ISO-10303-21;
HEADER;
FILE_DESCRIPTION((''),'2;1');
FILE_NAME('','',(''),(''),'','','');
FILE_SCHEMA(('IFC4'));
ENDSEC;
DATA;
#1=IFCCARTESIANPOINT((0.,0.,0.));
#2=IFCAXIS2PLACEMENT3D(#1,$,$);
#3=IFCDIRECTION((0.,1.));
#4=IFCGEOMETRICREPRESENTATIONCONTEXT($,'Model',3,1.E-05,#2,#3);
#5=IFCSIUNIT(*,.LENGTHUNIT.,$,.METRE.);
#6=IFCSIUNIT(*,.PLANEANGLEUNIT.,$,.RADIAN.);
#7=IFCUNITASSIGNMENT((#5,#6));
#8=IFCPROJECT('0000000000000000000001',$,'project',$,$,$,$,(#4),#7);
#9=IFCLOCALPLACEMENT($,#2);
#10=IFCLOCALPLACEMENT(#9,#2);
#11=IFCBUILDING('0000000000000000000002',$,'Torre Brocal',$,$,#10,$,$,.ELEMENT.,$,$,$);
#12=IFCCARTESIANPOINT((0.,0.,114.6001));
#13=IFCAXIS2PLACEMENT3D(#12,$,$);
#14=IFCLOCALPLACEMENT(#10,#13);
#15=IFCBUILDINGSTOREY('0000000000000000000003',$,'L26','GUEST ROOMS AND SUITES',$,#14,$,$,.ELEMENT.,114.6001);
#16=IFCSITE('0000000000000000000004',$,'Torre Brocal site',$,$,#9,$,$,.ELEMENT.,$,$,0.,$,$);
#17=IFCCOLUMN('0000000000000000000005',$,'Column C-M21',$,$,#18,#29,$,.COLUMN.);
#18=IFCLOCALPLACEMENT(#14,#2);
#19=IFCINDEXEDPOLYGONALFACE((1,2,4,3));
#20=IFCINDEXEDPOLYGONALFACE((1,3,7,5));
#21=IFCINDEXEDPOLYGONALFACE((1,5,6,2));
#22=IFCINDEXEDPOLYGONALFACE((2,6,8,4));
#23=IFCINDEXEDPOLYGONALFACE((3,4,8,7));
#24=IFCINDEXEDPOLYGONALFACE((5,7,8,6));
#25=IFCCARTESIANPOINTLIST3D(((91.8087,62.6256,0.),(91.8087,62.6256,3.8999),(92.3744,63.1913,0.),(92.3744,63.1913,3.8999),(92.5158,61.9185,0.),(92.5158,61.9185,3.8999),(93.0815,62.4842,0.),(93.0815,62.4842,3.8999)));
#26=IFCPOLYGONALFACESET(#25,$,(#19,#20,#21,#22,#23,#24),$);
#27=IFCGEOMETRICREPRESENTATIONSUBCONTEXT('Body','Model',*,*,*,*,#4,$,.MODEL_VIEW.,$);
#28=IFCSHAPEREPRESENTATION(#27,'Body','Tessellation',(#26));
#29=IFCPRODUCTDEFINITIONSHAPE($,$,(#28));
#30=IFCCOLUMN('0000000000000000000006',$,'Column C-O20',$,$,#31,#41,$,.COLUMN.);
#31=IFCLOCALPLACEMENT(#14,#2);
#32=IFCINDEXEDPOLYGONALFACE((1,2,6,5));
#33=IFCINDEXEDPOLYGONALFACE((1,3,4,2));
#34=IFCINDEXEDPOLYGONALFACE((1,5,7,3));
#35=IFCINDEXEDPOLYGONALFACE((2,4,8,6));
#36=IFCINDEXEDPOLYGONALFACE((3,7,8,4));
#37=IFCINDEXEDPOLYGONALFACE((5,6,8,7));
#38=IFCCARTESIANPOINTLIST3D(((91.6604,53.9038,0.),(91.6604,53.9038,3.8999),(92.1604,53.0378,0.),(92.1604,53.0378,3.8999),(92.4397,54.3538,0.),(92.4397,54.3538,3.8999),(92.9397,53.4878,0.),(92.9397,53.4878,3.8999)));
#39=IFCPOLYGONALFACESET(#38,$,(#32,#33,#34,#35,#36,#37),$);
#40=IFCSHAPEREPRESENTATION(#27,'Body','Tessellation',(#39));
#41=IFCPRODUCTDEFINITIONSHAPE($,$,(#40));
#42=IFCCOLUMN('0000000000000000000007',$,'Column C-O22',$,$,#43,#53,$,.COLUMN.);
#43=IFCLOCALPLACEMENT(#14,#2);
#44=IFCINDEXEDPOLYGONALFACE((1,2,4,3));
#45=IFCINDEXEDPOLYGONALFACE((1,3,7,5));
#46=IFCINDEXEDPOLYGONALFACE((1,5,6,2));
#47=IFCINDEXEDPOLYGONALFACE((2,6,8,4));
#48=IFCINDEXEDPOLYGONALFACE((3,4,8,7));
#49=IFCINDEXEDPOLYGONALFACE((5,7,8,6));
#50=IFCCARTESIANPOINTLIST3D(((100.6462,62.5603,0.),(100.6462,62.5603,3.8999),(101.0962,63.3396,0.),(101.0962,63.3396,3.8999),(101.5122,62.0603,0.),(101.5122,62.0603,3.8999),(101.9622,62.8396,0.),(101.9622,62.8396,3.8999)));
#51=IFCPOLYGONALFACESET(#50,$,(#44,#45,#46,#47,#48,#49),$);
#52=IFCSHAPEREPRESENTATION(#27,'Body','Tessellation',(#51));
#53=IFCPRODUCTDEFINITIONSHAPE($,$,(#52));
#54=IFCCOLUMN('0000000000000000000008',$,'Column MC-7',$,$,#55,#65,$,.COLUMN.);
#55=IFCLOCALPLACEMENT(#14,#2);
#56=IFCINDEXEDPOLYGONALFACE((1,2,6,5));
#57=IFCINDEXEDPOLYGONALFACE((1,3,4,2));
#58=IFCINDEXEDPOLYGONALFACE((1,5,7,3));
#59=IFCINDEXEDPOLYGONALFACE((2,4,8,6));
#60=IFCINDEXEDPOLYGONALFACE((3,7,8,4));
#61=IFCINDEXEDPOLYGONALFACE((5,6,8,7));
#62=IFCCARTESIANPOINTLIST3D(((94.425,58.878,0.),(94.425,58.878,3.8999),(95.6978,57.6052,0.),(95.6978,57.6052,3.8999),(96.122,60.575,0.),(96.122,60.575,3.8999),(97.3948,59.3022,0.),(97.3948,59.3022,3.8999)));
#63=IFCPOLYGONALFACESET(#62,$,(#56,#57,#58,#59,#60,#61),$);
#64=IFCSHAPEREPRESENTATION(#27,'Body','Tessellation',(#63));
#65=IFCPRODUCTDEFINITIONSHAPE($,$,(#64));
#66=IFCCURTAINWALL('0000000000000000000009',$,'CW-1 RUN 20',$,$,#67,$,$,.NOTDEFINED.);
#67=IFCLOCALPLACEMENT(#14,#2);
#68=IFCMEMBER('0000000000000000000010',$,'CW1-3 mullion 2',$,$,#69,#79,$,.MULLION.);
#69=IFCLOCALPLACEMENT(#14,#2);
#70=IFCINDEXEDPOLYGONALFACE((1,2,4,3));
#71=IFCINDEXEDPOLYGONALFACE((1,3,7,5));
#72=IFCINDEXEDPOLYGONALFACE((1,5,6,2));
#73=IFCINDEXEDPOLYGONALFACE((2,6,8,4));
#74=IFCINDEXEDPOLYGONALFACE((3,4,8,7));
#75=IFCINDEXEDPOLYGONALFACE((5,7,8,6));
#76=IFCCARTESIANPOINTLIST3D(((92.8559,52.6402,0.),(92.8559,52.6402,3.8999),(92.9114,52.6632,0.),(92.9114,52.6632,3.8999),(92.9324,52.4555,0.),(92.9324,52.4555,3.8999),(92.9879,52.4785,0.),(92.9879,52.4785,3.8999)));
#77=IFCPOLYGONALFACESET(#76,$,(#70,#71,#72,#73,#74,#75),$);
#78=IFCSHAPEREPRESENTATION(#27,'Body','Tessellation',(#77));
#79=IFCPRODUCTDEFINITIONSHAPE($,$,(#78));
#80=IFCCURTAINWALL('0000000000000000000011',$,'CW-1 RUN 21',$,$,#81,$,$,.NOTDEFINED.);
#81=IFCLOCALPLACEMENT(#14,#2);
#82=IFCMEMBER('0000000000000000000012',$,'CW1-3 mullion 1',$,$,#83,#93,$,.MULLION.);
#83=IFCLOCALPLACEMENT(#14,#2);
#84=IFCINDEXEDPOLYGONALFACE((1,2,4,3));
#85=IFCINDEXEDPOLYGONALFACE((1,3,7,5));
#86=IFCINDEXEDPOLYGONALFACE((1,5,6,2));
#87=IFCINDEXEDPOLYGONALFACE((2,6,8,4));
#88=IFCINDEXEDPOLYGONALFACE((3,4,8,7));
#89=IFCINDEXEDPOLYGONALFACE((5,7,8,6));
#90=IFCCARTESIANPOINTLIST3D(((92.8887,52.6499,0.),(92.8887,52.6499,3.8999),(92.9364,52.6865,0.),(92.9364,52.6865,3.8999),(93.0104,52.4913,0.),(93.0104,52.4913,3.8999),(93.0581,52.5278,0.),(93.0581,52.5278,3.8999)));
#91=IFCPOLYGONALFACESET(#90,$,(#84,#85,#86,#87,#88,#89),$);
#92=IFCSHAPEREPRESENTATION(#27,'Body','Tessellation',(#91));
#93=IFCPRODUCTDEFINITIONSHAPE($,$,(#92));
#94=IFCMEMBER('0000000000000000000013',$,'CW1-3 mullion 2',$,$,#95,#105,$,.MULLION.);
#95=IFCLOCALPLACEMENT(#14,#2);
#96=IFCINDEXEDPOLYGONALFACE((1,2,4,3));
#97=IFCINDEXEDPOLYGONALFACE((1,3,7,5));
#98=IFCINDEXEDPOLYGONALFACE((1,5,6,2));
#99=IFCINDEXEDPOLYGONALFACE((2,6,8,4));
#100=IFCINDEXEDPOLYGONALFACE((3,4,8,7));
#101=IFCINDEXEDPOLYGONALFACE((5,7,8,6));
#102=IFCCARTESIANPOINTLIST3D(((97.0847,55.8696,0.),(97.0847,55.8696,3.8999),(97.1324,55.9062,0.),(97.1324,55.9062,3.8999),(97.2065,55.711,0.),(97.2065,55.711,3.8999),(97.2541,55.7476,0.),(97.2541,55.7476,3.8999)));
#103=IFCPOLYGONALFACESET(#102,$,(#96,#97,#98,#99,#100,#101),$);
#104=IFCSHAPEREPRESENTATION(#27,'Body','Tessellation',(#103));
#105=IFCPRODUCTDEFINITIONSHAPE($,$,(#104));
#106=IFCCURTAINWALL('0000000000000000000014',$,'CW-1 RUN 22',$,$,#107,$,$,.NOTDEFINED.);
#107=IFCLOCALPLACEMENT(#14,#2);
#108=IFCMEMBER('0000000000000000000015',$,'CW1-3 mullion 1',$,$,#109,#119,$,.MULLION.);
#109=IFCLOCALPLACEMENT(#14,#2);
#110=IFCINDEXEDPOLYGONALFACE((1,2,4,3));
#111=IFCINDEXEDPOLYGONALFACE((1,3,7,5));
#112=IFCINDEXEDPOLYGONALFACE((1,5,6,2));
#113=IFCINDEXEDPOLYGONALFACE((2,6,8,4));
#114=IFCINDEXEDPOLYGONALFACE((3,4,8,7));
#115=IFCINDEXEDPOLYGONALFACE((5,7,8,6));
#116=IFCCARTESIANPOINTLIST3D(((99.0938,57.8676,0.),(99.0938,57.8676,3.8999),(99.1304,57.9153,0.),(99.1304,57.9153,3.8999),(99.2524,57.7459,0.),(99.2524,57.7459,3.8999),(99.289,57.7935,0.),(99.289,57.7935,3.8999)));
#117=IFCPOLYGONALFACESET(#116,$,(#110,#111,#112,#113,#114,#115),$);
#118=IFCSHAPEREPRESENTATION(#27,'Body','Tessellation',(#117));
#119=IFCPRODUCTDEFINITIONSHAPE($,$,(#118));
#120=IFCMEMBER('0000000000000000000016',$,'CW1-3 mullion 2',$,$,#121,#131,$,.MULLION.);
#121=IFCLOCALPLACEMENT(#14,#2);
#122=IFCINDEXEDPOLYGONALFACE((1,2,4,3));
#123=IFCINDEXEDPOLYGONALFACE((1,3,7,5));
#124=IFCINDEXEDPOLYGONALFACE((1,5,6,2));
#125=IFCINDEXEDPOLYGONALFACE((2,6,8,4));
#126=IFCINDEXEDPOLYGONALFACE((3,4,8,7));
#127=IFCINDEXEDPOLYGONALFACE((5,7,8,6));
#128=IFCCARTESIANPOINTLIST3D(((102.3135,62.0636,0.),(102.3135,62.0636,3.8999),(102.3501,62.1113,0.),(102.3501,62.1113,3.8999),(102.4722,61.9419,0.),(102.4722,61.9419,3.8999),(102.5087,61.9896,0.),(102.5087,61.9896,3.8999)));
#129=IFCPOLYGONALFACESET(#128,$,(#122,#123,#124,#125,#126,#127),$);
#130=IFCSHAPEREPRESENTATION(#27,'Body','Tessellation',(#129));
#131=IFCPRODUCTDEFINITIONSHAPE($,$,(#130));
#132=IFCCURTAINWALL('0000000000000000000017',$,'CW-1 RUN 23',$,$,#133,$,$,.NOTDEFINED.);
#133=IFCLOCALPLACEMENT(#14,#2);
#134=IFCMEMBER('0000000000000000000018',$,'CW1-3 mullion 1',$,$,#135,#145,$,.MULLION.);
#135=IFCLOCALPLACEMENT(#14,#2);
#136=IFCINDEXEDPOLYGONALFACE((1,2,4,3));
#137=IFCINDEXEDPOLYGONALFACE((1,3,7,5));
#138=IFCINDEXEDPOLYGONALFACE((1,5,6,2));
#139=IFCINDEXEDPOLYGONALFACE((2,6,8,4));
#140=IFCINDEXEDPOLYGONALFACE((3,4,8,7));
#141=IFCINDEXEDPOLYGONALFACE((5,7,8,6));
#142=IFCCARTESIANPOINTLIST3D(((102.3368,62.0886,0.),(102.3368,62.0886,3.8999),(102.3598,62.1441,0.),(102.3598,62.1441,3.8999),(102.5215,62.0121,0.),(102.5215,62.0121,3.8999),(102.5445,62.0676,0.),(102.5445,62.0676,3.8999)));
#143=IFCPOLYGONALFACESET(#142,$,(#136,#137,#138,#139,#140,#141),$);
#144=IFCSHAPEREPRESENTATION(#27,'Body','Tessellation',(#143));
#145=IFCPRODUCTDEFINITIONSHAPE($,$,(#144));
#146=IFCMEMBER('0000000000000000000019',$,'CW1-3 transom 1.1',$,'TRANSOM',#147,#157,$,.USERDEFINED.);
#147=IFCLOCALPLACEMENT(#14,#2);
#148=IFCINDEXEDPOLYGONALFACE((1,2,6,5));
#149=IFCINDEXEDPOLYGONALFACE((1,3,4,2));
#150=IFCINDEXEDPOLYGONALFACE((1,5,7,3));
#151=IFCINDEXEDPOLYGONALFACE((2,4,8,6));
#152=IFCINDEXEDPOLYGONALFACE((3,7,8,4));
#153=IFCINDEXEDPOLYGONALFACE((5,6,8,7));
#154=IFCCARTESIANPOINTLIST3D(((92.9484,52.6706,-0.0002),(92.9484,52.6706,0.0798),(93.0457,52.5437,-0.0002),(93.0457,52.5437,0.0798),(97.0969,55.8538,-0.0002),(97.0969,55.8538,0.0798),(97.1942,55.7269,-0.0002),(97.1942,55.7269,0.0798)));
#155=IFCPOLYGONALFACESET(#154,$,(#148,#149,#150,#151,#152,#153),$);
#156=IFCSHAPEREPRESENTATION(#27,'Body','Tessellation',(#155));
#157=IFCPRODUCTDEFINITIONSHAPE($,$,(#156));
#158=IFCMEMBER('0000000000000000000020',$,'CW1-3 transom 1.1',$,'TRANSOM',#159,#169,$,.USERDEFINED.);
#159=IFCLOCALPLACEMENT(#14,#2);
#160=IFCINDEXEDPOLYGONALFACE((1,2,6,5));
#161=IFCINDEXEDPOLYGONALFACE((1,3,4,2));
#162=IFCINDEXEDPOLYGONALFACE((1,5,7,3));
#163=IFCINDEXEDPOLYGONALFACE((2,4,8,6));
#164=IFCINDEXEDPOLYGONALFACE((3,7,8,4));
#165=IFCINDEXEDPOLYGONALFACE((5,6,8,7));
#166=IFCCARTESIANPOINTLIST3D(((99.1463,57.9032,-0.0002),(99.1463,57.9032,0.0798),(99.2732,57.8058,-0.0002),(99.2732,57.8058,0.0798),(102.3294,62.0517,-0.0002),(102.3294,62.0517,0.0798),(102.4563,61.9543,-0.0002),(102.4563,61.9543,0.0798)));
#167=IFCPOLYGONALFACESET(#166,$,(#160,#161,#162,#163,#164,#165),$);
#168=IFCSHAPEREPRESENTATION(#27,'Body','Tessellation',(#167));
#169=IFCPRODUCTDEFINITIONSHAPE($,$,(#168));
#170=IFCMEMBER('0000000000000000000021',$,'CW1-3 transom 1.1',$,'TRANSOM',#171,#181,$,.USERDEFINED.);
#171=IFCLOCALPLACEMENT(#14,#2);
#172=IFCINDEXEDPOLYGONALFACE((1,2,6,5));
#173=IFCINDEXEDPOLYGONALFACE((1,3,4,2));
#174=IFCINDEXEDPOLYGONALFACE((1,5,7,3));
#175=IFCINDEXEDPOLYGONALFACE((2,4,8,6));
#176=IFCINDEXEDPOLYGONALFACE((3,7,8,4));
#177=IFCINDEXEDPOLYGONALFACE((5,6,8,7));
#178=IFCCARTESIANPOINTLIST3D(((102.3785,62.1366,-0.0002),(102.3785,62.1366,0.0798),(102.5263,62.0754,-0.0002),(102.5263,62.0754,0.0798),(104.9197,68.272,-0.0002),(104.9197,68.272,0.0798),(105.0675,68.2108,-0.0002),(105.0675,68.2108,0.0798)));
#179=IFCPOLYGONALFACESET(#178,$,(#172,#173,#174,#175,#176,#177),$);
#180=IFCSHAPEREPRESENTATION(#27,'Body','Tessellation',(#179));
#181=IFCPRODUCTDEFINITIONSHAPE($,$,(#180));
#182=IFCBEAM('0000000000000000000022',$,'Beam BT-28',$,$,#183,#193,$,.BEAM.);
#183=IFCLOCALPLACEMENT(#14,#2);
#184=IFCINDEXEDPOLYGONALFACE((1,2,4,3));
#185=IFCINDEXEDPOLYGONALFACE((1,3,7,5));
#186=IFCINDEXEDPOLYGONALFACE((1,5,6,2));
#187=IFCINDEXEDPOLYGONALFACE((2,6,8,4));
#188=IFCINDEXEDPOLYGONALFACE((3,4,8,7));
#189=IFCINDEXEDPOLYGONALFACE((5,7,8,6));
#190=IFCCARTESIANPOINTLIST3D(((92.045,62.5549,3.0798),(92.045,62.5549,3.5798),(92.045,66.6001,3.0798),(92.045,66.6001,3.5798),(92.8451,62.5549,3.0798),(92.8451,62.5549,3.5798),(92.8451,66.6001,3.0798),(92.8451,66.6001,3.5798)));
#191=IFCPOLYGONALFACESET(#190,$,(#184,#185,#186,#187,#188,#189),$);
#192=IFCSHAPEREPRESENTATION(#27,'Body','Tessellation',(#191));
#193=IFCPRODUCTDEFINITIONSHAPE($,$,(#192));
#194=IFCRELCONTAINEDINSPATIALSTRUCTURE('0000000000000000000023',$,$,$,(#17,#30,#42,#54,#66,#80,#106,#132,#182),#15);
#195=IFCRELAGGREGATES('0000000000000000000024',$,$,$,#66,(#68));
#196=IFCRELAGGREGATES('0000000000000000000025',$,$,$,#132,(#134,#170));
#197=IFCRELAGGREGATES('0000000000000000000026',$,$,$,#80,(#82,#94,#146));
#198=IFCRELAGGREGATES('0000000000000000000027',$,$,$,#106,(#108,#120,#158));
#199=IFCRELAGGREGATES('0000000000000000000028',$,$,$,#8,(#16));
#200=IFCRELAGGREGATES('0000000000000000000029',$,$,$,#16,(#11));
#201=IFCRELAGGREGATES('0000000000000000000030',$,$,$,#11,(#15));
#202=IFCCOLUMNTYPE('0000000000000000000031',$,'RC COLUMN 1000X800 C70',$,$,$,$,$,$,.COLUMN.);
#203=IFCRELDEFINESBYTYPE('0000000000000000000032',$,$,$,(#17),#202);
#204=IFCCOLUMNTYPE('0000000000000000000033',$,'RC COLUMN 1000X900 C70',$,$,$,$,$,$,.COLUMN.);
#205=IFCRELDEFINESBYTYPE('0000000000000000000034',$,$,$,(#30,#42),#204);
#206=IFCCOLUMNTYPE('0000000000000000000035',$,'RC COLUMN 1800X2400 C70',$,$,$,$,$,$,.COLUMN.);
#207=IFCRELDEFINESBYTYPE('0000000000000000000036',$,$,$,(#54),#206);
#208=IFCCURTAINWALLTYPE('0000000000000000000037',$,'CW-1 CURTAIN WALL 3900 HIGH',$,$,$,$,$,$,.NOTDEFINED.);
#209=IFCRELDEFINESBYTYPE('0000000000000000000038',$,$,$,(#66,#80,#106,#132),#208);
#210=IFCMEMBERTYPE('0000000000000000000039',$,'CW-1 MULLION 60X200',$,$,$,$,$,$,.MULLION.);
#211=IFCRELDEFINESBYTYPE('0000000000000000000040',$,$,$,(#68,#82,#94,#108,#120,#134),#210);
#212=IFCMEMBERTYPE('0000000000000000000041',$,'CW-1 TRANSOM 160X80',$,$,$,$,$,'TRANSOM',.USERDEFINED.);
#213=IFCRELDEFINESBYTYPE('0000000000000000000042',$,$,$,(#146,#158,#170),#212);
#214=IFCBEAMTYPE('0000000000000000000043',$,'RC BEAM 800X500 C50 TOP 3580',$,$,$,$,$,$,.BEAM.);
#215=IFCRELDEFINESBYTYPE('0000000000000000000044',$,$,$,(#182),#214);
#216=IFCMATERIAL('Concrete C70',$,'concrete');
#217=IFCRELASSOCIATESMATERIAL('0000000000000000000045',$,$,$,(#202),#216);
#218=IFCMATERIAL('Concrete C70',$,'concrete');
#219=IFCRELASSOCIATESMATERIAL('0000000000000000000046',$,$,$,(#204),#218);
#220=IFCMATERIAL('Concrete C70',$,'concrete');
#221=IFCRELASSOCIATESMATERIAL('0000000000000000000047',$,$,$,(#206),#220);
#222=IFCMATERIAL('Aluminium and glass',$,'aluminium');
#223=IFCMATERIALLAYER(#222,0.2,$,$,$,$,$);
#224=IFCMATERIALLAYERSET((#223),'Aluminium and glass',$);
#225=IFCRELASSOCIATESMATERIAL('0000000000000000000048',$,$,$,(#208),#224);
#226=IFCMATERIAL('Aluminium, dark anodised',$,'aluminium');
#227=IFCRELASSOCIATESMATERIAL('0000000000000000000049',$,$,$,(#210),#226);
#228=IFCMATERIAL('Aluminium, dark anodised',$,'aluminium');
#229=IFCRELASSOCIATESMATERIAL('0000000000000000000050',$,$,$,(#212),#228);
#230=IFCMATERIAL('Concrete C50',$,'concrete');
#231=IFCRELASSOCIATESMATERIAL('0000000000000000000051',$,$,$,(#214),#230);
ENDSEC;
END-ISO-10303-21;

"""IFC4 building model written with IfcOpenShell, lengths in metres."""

from ifc_helpers import new_model, si_unit, direction, frame, origin, origin_2d, place, context, subcontext, project, spatial, rectangle, extrude, material, layer, layer_set, material_profile, profile_set, type_object, element, aggregate, save


model = new_model("IFC4")

# Units and contexts
model_context = context("Model", 3, precision=1e-05, world=origin(), true_north=direction((0.0, 1.0)))
body_context = subcontext(model_context, "Body", "Model", "MODEL_VIEW")
ifc_project = project(units=[si_unit("LENGTHUNIT", "METRE"), si_unit("PLANEANGLEUNIT", "RADIAN")], contexts=[model_context])

# Site, building, storey
site_placement = place(None, origin())
site = spatial("IfcSite", under=ifc_project, at=site_placement, Name="Torre Brocal site", CompositionType="ELEMENT", RefElevation=0.0)
building_placement = place(site_placement, origin())
building = spatial("IfcBuilding", under=site, at=building_placement, Name="Torre Brocal", CompositionType="ELEMENT")
storey_placement = place(building_placement, frame((0.0, 0.0, 114.6001)))
storey = spatial("IfcBuildingStorey", under=building, at=storey_placement, Name="L26", Description="GUEST ROOMS AND SUITES", CompositionType="ELEMENT", Elevation=114.6001)

# Columns
ifc_material_1 = material(Name="Concrete C70", Category="concrete")
ifc_material_profile_1 = material_profile(ifc_material_1, rectangle(XDim=1.0, YDim=0.8, at=origin_2d()), Name="RC 1000X800")
ifc_profile_set_1 = profile_set([ifc_material_profile_1], Name="Concrete C70")
column_type_1 = type_object("IfcColumnType", Name="RC COLUMN 1000X800 C70", PredefinedType="COLUMN", material=ifc_profile_set_1)
column_1_placement = place(storey_placement, frame((92.4451, 62.5549, 0.0), z_axis=(0.0, 0.0, 1.0), x_axis=(0.707107, -0.707107, 0.0)))
element("IfcColumn", 1, at=column_1_placement, inside=storey, type_object=column_type_1, Name="Column C-M21", PredefinedType="COLUMN", context=body_context, shape_type="SweptSolid", body=[
    extrude(rectangle(XDim=1.0, YDim=0.8, at=origin_2d()), origin(), (0.0, 0.0, 1.0), 3.8999),
])
ifc_material_2 = material(Name="Concrete C70", Category="concrete")
ifc_material_profile_2 = material_profile(ifc_material_2, rectangle(XDim=1.0, YDim=0.8999, at=origin_2d()), Name="RC 1000X900")
ifc_profile_set_2 = profile_set([ifc_material_profile_2], Name="Concrete C70")
column_type_2 = type_object("IfcColumnType", Name="RC COLUMN 1000X900 C70", PredefinedType="COLUMN", material=ifc_profile_set_2)
for number, where, z_axis, x_axis, name in (
    (2, (92.3, 53.6958, 0.0), (0.0, 0.0, 1.0), (0.5, -0.866025, 0.0), "Column C-O20"),
    (3, (101.3042, 62.7, 0.0), (0.0, 0.0, 1.0), (0.866025, -0.5, 0.0), "Column C-O22"),
):
    element("IfcColumn", number, at=place(storey_placement, frame(where, z_axis=z_axis, x_axis=x_axis)), inside=storey, type_object=column_type_2, Name=name, PredefinedType="COLUMN", context=body_context, shape_type="SweptSolid", body=[
        extrude(rectangle(XDim=1.0, YDim=0.8999, at=origin_2d()), origin(), (0.0, 0.0, 1.0), 3.8999),
    ])
ifc_material_3 = material(Name="Concrete C70", Category="concrete")
ifc_material_profile_3 = material_profile(ifc_material_3, rectangle(XDim=1.8, YDim=2.3999, at=origin_2d()), Name="RC 1800X2400")
ifc_profile_set_3 = profile_set([ifc_material_profile_3], Name="Concrete C70")
column_type_3 = type_object("IfcColumnType", Name="RC COLUMN 1800X2400 C70", PredefinedType="COLUMN", material=ifc_profile_set_3)
column_2_placement = place(storey_placement, frame((95.9099, 59.0901, 0.0), z_axis=(0.0, 0.0, 1.0), x_axis=(0.707107, -0.707107, 0.0)))
element("IfcColumn", 4, at=column_2_placement, inside=storey, type_object=column_type_3, Name="Column MC-7", PredefinedType="COLUMN", context=body_context, shape_type="SweptSolid", body=[
    extrude(rectangle(XDim=1.8, YDim=2.3999, at=origin_2d()), origin(), (0.0, 0.0, 1.0), 3.8999),
])

# Curtain wall, member
ifc_material_4 = material(Name="Aluminium and glass", Category="aluminium")
ifc_layer_1 = layer(ifc_material_4, 0.2)
ifc_layer_set_1 = layer_set([ifc_layer_1], Name="Aluminium and glass")
curtain_wall_type = type_object("IfcCurtainWallType", Name="CW-1 CURTAIN WALL 3900 HIGH", PredefinedType="NOTDEFINED", material=ifc_layer_set_1)
curtain_wall_1_placement = place(storey_placement, origin())
curtain_wall_1 = element("IfcCurtainWall", 5, at=curtain_wall_1_placement, inside=storey, type_object=curtain_wall_type, Name="CW-1 RUN 20", PredefinedType="NOTDEFINED")
ifc_material_5 = material(Name="Aluminium, dark anodised", Category="aluminium")
ifc_material_profile_4 = material_profile(ifc_material_5, rectangle(XDim=0.2, YDim=0.0601, at=origin_2d()), Name="CW-1 MULLION 60X200")
ifc_profile_set_4 = profile_set([ifc_material_profile_4], Name="Aluminium, dark anodised")
member_type_1 = type_object("IfcMemberType", Name="CW-1 MULLION 60X200", PredefinedType="MULLION", material=ifc_profile_set_4)
member_1_placement = place(storey_placement, frame((92.9219, 52.5593, 0.0), z_axis=(0.0, 0.0, 1.0), x_axis=(-0.382683, 0.92388, 0.0)))
member_1 = element("IfcMember", 6, at=member_1_placement, type_object=member_type_1, Name="CW1-3 mullion 2", PredefinedType="MULLION", context=body_context, shape_type="SweptSolid", body=[
    extrude(rectangle(XDim=0.2, YDim=0.0601, at=origin_2d()), origin(), (0.0, 0.0, 1.0), 3.8999),
])
aggregate(curtain_wall_1, [member_1])

# Curtain walls, members
curtain_wall_2_placement = place(storey_placement, origin())
curtain_wall_2 = element("IfcCurtainWall", 7, at=curtain_wall_2_placement, inside=storey, type_object=curtain_wall_type, Name="CW-1 RUN 21", PredefinedType="NOTDEFINED")
member_2_placement = place(storey_placement, frame((92.9734, 52.5889, 0.0), z_axis=(0.0, 0.0, 1.0), x_axis=(-0.608761, 0.793353, 0.0)))
member_2 = element("IfcMember", 8, at=member_2_placement, type_object=member_type_1, Name="CW1-3 mullion 1", PredefinedType="MULLION", context=body_context, shape_type="SweptSolid", body=[
    extrude(rectangle(XDim=0.2, YDim=0.0601, at=origin_2d()), origin(), (0.0, 0.0, 1.0), 3.8999),
])
member_3_placement = place(storey_placement, frame((97.1694, 55.8086, 0.0), z_axis=(0.0, 0.0, 1.0), x_axis=(-0.608761, 0.793353, 0.0)))
member_3 = element("IfcMember", 9, at=member_3_placement, type_object=member_type_1, Name="CW1-3 mullion 2", PredefinedType="MULLION", context=body_context, shape_type="SweptSolid", body=[
    extrude(rectangle(XDim=0.2, YDim=0.0601, at=origin_2d()), origin(), (0.0, 0.0, 1.0), 3.8999),
])
curtain_wall_3_placement = place(storey_placement, origin())
curtain_wall_3 = element("IfcCurtainWall", 10, at=curtain_wall_3_placement, inside=storey, type_object=curtain_wall_type, Name="CW-1 RUN 22", PredefinedType="NOTDEFINED")
member_4_placement = place(storey_placement, frame((99.1914, 57.8306, 0.0), z_axis=(0.0, 0.0, 1.0), x_axis=(-0.793353, 0.608761, 0.0)))
member_4 = element("IfcMember", 11, at=member_4_placement, type_object=member_type_1, Name="CW1-3 mullion 1", PredefinedType="MULLION", context=body_context, shape_type="SweptSolid", body=[
    extrude(rectangle(XDim=0.2, YDim=0.0601, at=origin_2d()), origin(), (0.0, 0.0, 1.0), 3.8999),
])
member_5_placement = place(storey_placement, frame((102.4111, 62.0266, 0.0), z_axis=(0.0, 0.0, 1.0), x_axis=(-0.793353, 0.608761, 0.0)))
member_5 = element("IfcMember", 12, at=member_5_placement, type_object=member_type_1, Name="CW1-3 mullion 2", PredefinedType="MULLION", context=body_context, shape_type="SweptSolid", body=[
    extrude(rectangle(XDim=0.2, YDim=0.0601, at=origin_2d()), origin(), (0.0, 0.0, 1.0), 3.8999),
])

# Curtain wall, member
curtain_wall_4_placement = place(storey_placement, origin())
curtain_wall_4 = element("IfcCurtainWall", 13, at=curtain_wall_4_placement, inside=storey, type_object=curtain_wall_type, Name="CW-1 RUN 23", PredefinedType="NOTDEFINED")
member_6_placement = place(storey_placement, frame((102.4407, 62.0781, 0.0), z_axis=(0.0, 0.0, 1.0), x_axis=(-0.92388, 0.382683, 0.0)))
member_6 = element("IfcMember", 14, at=member_6_placement, type_object=member_type_1, Name="CW1-3 mullion 1", PredefinedType="MULLION", context=body_context, shape_type="SweptSolid", body=[
    extrude(rectangle(XDim=0.2, YDim=0.0601, at=origin_2d()), origin(), (0.0, 0.0, 1.0), 3.8999),
])

# Members
ifc_material_6 = material(Name="Aluminium, dark anodised", Category="aluminium")
ifc_material_profile_5 = material_profile(ifc_material_6, rectangle(XDim=0.1599, YDim=0.0801, at=origin_2d()), Name="CW-1 TRANSOM 160X80")
ifc_profile_set_5 = profile_set([ifc_material_profile_5], Name="Aluminium, dark anodised")
member_type_2 = type_object("IfcMemberType", Name="CW-1 TRANSOM 160X80", ElementType="TRANSOM", PredefinedType="USERDEFINED", material=ifc_profile_set_5)
member_7_placement = place(storey_placement, frame((92.9971, 52.6072, 0.0398), z_axis=(0.793363, 0.608749, 0.0), x_axis=(-0.608749, 0.793363, 0.0)))
member_7 = element("IfcMember", 15, at=member_7_placement, type_object=member_type_2, Name="CW1-3 transom 1.1", ObjectType="TRANSOM", PredefinedType="USERDEFINED", context=body_context, shape_type="SweptSolid", body=[
    extrude(rectangle(XDim=0.1599, YDim=0.0801, at=origin_2d()), origin(), (0.0, 0.0, 1.0), 5.229),
])
member_8_placement = place(storey_placement, frame((99.2097, 57.8545, 0.0398), z_axis=(0.608749, 0.793363, 0.0), x_axis=(-0.793363, 0.608749, 0.0)))
member_8 = element("IfcMember", 16, at=member_8_placement, type_object=member_type_2, Name="CW1-3 transom 1.1", ObjectType="TRANSOM", PredefinedType="USERDEFINED", context=body_context, shape_type="SweptSolid", body=[
    extrude(rectangle(XDim=0.1599, YDim=0.0801, at=origin_2d()), origin(), (0.0, 0.0, 1.0), 5.229),
])
member_9_placement = place(storey_placement, frame((102.4524, 62.106, 0.0398), z_axis=(0.382665, 0.923887, 0.0), x_axis=(-0.923887, 0.382665, 0.0)))
member_9 = element("IfcMember", 17, at=member_9_placement, type_object=member_type_2, Name="CW1-3 transom 1.1", ObjectType="TRANSOM", PredefinedType="USERDEFINED", context=body_context, shape_type="SweptSolid", body=[
    extrude(rectangle(XDim=0.1599, YDim=0.0801, at=origin_2d()), origin(), (0.0, 0.0, 1.0), 6.6409),
])
aggregate(curtain_wall_4, [member_6, member_9])

# Beam
ifc_material_7 = material(Name="Concrete C50", Category="concrete")
ifc_material_profile_6 = material_profile(ifc_material_7, rectangle(XDim=0.8, YDim=0.5, at=origin_2d()), Name="RC 800X500")
ifc_profile_set_6 = profile_set([ifc_material_profile_6], Name="Concrete C50")
beam_type_1 = type_object("IfcBeamType", Name="RC BEAM 800X500 C50 TOP 3580", PredefinedType="BEAM", material=ifc_profile_set_6)
beam_placement = place(storey_placement, frame((92.4451, 62.5549, 3.3298), z_axis=(0.0, 1.0, 0.0), x_axis=(-1.0, 0.0, 0.0)))
element("IfcBeam", 18, at=beam_placement, inside=storey, type_object=beam_type_1, Name="Beam BT-28", PredefinedType="BEAM", context=body_context, shape_type="SweptSolid", body=[
    extrude(rectangle(XDim=0.8, YDim=0.5, at=origin_2d()), origin(), (0.0, 0.0, 1.0), 4.0452),
])

aggregate(curtain_wall_2, [member_2, member_3, member_7])
aggregate(curtain_wall_3, [member_4, member_5, member_8])

save(model, "model.ifc")
